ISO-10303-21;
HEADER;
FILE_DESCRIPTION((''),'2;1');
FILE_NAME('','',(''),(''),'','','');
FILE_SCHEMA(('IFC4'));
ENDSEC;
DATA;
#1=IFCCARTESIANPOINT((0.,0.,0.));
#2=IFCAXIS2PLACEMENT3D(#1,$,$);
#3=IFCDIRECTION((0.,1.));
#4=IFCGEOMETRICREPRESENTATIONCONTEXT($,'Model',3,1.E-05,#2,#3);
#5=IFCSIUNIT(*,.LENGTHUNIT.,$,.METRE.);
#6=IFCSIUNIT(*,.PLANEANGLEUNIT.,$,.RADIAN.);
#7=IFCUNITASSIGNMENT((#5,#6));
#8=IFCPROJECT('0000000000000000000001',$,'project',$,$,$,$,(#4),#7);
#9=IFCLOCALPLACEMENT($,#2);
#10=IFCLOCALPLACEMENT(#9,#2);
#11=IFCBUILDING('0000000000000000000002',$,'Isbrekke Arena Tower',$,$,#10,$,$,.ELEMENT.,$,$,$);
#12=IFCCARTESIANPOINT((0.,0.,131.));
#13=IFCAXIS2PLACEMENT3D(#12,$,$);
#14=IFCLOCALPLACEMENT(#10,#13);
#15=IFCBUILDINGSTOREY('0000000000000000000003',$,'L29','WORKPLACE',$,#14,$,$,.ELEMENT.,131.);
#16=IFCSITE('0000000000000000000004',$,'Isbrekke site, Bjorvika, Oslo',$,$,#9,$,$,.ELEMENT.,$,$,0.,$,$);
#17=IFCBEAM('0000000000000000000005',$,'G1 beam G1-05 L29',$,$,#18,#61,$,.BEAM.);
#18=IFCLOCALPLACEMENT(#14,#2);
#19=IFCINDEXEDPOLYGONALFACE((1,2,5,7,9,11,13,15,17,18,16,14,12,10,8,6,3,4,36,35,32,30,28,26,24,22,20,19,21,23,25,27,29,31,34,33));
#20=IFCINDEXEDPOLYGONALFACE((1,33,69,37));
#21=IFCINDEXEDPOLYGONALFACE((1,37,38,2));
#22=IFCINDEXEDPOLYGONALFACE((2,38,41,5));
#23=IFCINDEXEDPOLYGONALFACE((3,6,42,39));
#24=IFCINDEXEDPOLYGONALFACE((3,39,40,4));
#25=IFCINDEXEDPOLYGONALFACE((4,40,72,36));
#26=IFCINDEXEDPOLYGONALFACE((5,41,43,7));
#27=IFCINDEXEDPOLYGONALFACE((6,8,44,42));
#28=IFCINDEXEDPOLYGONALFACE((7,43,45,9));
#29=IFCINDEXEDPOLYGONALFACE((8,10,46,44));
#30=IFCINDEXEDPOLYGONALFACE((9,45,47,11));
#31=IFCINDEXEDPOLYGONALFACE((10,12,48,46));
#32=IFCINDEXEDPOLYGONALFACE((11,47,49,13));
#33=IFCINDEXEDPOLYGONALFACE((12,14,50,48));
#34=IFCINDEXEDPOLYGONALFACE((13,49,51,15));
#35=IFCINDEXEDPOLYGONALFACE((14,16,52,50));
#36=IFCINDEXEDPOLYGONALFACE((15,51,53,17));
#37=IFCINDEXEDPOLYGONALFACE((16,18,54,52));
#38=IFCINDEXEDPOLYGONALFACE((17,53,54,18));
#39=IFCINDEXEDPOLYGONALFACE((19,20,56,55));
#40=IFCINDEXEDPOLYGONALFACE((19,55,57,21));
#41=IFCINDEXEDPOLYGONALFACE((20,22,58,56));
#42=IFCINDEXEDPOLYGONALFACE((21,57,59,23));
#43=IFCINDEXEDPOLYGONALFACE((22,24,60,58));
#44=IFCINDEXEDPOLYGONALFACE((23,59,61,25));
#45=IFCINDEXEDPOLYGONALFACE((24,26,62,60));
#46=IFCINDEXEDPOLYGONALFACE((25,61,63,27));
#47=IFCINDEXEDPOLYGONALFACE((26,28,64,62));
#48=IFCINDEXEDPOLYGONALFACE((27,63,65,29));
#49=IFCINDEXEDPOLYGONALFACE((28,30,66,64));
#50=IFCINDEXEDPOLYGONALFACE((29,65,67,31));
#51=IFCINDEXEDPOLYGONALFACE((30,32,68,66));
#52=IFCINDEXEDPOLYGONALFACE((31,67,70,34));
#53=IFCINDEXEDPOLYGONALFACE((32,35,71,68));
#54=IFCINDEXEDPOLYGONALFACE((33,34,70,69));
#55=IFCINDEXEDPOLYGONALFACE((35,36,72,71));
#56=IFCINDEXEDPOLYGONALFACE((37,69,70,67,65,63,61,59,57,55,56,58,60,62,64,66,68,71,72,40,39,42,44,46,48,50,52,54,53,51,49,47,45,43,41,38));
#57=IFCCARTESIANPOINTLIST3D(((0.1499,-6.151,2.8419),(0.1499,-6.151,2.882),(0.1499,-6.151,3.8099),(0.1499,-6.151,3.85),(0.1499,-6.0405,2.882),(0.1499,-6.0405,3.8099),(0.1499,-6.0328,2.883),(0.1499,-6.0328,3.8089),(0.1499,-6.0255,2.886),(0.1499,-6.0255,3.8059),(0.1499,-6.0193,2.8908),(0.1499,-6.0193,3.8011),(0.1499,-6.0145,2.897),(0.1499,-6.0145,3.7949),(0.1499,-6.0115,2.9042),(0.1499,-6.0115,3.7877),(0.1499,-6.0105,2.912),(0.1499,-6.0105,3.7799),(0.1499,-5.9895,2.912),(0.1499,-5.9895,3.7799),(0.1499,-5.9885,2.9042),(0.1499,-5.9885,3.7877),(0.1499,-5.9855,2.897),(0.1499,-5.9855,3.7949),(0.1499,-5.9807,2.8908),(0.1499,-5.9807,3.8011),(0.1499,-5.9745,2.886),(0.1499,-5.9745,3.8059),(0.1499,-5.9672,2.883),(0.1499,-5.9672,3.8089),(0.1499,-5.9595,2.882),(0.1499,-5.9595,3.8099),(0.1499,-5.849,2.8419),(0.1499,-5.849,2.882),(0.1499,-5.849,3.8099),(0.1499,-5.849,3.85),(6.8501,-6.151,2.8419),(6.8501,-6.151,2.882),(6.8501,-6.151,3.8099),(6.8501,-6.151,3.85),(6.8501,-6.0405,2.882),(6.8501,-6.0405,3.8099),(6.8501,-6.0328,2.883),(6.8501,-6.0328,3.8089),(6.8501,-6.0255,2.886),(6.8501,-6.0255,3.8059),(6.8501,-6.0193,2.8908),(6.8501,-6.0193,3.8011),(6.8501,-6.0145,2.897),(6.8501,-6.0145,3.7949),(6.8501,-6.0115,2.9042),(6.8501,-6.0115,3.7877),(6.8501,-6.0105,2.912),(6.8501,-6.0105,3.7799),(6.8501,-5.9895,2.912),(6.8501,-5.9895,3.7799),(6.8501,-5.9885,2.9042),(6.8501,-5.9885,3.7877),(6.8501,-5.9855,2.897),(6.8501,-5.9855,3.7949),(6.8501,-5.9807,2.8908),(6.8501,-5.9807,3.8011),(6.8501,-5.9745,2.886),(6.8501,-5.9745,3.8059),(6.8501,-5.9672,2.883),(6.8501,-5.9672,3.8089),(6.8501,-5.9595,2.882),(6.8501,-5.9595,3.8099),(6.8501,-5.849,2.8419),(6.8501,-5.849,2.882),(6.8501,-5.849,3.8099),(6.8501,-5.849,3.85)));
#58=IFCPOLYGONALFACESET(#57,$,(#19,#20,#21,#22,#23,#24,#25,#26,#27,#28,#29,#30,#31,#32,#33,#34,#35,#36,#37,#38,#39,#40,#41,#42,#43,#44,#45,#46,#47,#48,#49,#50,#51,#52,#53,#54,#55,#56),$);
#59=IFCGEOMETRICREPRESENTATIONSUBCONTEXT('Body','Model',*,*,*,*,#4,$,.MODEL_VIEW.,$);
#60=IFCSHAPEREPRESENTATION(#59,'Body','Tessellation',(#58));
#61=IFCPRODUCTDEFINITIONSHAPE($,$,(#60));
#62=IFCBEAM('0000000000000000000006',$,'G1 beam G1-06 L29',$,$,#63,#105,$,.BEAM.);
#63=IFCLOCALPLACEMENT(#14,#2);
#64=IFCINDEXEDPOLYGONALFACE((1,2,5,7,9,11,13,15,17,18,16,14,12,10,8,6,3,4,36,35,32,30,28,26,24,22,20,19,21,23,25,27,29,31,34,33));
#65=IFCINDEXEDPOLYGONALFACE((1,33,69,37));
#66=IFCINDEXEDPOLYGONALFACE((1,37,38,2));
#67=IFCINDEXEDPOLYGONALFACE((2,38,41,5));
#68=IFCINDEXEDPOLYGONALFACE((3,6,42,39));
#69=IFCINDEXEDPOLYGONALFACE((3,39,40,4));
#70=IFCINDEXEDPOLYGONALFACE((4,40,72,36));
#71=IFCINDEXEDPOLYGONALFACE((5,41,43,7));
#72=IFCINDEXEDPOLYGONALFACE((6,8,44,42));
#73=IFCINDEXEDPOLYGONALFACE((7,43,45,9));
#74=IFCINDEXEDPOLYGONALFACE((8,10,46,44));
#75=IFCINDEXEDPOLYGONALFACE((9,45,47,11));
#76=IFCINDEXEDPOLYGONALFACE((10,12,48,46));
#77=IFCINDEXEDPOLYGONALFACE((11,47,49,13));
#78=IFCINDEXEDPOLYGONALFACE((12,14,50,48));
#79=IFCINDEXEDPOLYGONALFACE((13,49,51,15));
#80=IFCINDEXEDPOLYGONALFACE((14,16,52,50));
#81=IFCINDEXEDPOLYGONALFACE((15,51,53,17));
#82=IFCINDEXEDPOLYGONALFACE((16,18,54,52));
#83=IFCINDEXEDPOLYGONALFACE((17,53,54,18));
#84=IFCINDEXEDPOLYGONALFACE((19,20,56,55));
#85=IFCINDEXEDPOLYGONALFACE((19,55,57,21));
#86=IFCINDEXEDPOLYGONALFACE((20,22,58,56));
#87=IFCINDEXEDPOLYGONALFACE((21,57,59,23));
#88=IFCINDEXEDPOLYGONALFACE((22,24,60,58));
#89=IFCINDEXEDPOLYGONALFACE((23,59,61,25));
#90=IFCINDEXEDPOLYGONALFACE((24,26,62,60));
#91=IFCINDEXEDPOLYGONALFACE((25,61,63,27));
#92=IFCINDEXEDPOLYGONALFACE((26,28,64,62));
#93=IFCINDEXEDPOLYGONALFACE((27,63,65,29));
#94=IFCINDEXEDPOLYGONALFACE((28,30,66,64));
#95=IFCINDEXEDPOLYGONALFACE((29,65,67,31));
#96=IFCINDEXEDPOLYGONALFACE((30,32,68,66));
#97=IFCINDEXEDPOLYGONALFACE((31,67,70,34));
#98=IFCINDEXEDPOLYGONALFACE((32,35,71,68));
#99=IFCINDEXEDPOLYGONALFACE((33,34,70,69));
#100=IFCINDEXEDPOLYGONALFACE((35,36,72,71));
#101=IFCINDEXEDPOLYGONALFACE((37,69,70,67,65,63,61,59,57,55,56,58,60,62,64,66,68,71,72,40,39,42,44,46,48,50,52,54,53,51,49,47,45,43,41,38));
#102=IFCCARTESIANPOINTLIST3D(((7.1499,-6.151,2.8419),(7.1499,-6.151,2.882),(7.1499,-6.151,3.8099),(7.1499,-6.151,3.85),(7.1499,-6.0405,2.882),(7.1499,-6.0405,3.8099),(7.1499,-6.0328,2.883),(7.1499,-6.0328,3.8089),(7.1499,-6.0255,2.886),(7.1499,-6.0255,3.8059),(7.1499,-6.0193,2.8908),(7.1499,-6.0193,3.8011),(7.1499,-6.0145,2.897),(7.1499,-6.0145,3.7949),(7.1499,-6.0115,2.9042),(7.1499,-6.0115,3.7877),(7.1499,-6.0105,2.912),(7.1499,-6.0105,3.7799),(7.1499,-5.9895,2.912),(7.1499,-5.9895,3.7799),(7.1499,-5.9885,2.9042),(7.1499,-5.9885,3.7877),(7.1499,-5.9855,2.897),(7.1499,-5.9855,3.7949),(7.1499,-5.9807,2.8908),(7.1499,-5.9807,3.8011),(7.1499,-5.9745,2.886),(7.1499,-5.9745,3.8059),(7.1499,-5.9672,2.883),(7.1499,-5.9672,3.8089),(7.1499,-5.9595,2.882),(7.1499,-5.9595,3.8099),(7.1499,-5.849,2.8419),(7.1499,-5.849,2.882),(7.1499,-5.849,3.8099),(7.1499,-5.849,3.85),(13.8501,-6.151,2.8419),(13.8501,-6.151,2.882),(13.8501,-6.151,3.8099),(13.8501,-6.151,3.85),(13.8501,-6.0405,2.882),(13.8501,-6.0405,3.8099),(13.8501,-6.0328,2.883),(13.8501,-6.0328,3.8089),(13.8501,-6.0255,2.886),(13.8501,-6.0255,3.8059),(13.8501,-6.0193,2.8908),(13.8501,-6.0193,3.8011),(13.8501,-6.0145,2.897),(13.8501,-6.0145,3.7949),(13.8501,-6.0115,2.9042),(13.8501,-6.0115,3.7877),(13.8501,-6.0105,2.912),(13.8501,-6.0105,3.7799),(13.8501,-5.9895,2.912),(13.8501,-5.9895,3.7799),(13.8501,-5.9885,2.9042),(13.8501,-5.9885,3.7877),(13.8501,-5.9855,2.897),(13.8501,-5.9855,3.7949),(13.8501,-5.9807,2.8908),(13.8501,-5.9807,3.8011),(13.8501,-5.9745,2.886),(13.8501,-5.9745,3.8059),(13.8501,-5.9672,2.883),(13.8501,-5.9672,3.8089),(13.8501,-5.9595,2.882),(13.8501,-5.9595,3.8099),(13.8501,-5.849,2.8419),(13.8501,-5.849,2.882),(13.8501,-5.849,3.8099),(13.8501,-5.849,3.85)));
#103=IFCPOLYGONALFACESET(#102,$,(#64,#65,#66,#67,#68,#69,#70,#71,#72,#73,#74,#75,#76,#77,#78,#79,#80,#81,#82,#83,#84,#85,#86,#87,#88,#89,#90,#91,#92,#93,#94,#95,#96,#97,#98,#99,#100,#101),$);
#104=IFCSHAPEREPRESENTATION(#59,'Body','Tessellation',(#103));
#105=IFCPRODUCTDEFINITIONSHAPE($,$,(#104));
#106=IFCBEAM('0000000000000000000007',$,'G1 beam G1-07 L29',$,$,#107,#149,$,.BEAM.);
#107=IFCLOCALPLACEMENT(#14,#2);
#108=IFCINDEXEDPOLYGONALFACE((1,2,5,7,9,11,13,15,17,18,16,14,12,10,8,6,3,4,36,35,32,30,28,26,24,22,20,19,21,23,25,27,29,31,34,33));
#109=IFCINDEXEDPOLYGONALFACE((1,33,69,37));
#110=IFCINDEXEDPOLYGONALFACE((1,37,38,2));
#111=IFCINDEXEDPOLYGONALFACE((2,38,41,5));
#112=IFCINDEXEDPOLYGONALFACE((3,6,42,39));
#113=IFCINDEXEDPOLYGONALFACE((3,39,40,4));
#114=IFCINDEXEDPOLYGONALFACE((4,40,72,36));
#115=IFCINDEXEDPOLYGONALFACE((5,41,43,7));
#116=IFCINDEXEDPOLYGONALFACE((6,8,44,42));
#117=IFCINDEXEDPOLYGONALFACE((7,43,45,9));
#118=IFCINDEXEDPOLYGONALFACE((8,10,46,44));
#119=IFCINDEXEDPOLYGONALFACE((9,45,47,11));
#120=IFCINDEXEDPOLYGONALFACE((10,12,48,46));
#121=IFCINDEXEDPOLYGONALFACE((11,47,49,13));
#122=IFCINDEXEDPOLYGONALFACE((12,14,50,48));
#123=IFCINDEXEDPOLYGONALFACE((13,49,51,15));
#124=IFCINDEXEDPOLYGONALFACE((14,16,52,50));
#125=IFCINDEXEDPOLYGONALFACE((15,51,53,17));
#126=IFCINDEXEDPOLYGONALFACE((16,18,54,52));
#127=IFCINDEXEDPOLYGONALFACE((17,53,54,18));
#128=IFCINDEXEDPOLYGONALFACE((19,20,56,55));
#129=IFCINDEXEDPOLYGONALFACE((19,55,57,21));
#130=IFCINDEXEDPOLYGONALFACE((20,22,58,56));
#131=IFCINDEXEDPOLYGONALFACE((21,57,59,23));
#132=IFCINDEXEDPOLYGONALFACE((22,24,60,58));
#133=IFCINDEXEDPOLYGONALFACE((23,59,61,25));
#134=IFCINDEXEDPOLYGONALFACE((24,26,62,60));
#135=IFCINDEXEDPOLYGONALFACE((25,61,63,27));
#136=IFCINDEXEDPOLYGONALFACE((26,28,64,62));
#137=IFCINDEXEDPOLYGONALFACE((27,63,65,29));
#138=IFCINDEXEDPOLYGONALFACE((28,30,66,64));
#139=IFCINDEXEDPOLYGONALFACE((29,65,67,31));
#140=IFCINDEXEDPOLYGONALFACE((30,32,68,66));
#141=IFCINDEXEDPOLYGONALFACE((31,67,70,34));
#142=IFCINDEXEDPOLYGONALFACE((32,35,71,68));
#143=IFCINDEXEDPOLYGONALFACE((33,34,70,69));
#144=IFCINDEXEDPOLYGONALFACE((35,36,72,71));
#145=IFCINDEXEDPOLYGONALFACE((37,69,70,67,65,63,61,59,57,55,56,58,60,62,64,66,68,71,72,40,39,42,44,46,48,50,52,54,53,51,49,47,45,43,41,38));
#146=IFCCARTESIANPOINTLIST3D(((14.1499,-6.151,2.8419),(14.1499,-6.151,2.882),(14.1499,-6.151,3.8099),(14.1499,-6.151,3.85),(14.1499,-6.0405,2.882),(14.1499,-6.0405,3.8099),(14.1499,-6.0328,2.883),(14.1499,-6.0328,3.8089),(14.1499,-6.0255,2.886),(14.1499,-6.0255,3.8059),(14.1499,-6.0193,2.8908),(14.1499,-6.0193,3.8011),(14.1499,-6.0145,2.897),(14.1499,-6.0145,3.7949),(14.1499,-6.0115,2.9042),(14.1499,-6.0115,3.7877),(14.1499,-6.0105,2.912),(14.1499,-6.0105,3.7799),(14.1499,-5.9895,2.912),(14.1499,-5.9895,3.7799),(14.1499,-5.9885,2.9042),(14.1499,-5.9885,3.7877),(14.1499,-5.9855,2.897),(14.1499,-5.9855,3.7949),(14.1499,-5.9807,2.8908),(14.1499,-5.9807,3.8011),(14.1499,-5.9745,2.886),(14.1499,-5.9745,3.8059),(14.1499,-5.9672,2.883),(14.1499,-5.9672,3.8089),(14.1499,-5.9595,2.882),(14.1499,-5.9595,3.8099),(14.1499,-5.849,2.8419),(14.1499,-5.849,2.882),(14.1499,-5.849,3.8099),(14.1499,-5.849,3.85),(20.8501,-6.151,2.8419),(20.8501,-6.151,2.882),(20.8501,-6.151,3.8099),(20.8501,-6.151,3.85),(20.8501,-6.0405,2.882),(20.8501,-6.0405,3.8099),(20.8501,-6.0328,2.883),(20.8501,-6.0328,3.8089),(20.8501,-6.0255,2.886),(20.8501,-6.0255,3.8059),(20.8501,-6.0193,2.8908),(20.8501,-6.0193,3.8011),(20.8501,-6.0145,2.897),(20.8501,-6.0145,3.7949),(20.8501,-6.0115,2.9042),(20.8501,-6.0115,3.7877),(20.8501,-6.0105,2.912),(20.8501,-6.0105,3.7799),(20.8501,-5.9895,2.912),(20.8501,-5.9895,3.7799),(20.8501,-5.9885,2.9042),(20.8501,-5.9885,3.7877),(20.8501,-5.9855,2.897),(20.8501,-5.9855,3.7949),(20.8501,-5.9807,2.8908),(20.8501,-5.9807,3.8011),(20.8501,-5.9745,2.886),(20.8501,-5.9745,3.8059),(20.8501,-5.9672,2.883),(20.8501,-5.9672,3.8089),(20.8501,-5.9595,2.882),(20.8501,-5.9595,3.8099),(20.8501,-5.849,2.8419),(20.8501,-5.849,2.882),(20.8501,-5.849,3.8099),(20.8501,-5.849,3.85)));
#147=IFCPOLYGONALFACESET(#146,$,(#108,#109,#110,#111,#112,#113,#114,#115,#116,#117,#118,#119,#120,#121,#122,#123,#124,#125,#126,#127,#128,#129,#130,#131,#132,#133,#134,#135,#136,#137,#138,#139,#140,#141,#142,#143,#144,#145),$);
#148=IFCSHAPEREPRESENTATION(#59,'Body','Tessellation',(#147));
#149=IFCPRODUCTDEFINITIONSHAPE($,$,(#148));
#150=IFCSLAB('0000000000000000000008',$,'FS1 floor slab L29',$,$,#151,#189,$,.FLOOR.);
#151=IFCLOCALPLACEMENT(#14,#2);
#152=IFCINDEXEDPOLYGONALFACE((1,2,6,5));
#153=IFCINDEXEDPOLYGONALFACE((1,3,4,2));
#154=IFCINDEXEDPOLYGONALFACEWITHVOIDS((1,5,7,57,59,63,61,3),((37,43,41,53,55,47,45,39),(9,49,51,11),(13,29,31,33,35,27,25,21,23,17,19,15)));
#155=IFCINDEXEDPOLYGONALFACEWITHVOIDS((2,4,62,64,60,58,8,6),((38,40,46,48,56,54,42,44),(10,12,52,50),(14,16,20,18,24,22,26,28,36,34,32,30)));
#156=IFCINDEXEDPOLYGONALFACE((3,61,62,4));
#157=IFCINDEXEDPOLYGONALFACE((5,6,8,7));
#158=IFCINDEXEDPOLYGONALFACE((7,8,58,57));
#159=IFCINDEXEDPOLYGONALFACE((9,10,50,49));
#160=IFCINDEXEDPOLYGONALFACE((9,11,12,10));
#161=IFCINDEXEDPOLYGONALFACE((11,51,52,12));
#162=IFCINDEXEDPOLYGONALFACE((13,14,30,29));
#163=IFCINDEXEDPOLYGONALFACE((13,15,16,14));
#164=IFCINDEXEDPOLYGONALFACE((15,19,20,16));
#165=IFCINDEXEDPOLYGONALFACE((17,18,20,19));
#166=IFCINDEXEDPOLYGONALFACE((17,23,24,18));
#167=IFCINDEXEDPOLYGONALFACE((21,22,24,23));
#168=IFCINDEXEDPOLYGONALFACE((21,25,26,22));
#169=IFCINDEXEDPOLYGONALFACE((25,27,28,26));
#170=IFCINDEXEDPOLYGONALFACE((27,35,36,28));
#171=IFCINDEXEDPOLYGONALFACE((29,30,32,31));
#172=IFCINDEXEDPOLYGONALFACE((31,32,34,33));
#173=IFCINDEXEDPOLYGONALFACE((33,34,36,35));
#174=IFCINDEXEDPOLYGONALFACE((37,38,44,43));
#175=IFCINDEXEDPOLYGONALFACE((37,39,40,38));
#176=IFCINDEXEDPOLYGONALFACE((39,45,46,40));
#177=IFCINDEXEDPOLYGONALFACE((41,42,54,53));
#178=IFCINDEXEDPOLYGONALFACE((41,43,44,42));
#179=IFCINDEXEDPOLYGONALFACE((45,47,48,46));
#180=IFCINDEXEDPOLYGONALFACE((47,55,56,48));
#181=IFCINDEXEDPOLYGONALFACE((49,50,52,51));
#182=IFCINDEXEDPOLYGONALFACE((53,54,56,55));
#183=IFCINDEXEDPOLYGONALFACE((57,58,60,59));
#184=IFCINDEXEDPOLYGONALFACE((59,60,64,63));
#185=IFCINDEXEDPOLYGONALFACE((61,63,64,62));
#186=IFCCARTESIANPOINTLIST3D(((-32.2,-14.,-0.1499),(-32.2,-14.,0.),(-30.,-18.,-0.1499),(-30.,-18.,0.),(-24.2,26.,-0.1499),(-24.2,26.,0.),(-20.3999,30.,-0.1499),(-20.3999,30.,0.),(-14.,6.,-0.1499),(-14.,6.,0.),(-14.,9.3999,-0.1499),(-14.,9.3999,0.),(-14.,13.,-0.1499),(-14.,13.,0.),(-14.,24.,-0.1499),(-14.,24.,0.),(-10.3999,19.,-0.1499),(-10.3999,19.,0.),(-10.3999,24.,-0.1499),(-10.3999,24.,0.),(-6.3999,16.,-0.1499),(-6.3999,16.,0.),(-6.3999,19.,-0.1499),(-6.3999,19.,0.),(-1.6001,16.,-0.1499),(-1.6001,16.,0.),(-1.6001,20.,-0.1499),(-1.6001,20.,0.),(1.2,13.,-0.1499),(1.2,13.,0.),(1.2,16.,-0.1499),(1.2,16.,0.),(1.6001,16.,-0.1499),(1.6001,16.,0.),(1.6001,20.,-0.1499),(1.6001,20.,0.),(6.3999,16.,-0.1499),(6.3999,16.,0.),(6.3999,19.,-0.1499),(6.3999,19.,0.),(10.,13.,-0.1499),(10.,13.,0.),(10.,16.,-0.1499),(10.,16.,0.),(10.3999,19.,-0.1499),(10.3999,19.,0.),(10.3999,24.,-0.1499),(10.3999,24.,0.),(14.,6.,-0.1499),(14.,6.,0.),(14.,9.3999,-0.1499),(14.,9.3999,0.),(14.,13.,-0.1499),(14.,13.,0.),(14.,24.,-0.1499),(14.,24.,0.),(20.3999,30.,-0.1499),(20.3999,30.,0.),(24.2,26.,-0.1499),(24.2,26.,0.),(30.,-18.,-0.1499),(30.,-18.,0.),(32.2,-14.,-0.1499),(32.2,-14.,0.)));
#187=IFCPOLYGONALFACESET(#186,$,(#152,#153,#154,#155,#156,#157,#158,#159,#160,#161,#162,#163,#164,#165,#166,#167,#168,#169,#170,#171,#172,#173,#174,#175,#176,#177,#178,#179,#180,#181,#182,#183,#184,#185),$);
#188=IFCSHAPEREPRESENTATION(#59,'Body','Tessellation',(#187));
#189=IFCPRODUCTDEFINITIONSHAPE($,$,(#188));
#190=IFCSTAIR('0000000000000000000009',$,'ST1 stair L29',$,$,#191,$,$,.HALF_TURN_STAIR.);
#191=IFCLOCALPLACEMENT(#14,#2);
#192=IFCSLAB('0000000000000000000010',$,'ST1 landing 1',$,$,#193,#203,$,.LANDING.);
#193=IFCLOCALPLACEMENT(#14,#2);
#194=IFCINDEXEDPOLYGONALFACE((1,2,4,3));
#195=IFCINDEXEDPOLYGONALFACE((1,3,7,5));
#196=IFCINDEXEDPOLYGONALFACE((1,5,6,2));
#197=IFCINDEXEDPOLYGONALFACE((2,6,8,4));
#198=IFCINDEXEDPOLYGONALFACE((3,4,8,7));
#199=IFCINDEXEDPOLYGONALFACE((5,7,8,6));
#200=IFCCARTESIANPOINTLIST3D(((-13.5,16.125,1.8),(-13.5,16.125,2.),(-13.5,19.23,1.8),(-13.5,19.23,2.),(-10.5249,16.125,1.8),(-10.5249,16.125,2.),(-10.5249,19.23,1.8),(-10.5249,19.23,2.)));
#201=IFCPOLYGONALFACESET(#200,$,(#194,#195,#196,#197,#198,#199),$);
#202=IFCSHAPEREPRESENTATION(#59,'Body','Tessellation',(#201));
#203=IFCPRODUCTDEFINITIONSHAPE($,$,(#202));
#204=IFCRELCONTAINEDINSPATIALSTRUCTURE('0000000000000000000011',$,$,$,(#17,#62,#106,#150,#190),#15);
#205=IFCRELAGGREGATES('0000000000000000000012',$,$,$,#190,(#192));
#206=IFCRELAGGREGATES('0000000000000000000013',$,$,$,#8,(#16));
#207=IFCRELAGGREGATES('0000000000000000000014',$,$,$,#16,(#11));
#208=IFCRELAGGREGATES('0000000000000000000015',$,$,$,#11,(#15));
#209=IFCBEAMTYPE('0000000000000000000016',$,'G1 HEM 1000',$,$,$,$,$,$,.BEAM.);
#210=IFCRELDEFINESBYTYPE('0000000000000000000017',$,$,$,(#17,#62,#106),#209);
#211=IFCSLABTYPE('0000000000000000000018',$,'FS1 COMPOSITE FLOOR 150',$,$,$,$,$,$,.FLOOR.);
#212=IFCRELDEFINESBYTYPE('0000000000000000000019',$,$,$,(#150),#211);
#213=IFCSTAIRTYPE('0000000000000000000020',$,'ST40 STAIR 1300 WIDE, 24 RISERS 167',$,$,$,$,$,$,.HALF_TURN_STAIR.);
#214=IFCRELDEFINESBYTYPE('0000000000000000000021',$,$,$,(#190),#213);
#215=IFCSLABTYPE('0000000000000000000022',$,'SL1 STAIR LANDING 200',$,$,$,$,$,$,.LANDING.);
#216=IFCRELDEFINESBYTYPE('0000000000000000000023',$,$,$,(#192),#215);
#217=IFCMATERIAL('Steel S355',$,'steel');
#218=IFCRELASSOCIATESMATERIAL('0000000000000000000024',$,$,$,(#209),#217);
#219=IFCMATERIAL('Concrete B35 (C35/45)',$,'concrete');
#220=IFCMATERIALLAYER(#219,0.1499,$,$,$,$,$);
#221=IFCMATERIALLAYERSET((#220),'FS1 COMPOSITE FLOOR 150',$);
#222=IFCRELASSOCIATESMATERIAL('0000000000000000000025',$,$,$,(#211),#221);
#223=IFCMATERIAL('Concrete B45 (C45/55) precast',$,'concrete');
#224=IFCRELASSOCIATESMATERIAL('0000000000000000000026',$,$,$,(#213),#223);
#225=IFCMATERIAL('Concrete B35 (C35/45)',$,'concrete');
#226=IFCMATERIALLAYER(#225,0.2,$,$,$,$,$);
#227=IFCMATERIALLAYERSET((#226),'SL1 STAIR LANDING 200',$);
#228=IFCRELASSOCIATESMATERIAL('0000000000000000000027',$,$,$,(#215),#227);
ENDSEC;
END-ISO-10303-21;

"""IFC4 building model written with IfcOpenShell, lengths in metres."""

from ifc_helpers import new_model, si_unit, direction, frame, origin, origin_2d, place, context, subcontext, project, spatial, polyline, i_section, outline, extrude, material, layer, layer_set, material_profile, profile_set, type_object, element, aggregate, save


model = new_model("IFC4")

# Units and contexts
model_context = context("Model", 3, precision=1e-05, world=origin(), true_north=direction((0.0, 1.0)))
body_context = subcontext(model_context, "Body", "Model", "MODEL_VIEW")
ifc_project = project(units=[si_unit("LENGTHUNIT", "METRE"), si_unit("PLANEANGLEUNIT", "RADIAN")], contexts=[model_context])

# Site, building, storey
site_placement = place(None, origin())
site = spatial("IfcSite", under=ifc_project, at=site_placement, Name="Isbrekke site, Bjorvika, Oslo", CompositionType="ELEMENT", RefElevation=0.0)
building_placement = place(site_placement, origin())
building = spatial("IfcBuilding", under=site, at=building_placement, Name="Isbrekke Arena Tower", CompositionType="ELEMENT")
storey_placement = place(building_placement, frame((0.0, 0.0, 131.0)))
storey = spatial("IfcBuildingStorey", under=building, at=storey_placement, Name="L29", Description="WORKPLACE", CompositionType="ELEMENT", Elevation=131.0)

# Beams
ifc_material_1 = material(Name="Steel S355", Category="steel")
ifc_material_profile_1 = material_profile(ifc_material_1, i_section(OverallWidth=0.302, OverallDepth=1.0081, WebThickness=0.021, FlangeThickness=0.04, FilletRadius=0.03, at=origin_2d()), Name="HEM 1000")
ifc_profile_set_1 = profile_set([ifc_material_profile_1], Name="Steel S355")
beam_type_1 = type_object("IfcBeamType", Name="G1 HEM 1000", PredefinedType="BEAM", material=ifc_profile_set_1)
for number, where, z_axis, x_axis, name in (
    (1, (0.1499, -6.0, 3.3459), (1.0, 0.0, 0.0), (0.0, 1.0, 0.0), "G1 beam G1-05 L29"),
    (2, (7.1499, -6.0, 3.3459), (1.0, 0.0, 0.0), (0.0, 1.0, 0.0), "G1 beam G1-06 L29"),
    (3, (14.1499, -6.0, 3.3459), (1.0, 0.0, 0.0), (0.0, 1.0, 0.0), "G1 beam G1-07 L29"),
):
    element("IfcBeam", number, at=place(storey_placement, frame(where, z_axis=z_axis, x_axis=x_axis)), inside=storey, type_object=beam_type_1, Name=name, PredefinedType="BEAM", context=body_context, shape_type="SweptSolid", body=[
        extrude(i_section(OverallWidth=0.302, OverallDepth=1.0081, WebThickness=0.021, FlangeThickness=0.04, FilletRadius=0.03, at=origin_2d()), origin(), (0.0, 0.0, 1.0), 6.7002),
    ])

# Slab
ifc_material_2 = material(Name="Concrete B35 (C35/45)", Category="concrete")
ifc_layer_1 = layer(ifc_material_2, 0.1499)
ifc_layer_set_1 = layer_set([ifc_layer_1], Name="FS1 COMPOSITE FLOOR 150")
slab_type_1 = type_object("IfcSlabType", Name="FS1 COMPOSITE FLOOR 150", PredefinedType="FLOOR", material=ifc_layer_set_1)
slab_1_placement = place(storey_placement, frame((0.0, 0.0, -0.1499)))
element("IfcSlab", 4, at=slab_1_placement, inside=storey, type_object=slab_type_1, Name="FS1 floor slab L29", PredefinedType="FLOOR", context=body_context, shape_type="SweptSolid", body=[
    extrude(outline(polyline([(-30.0, -18.0), (30.0, -18.0), (32.2, -14.0), (24.2, 26.0), (20.3999, 30.0), (-20.3999, 30.0), (-24.2, 26.0), (-32.2, -14.0), (-30.0, -18.0)]), holes=[polyline([(14.0, 9.3999), (14.0, 6.0), (-14.0, 6.0), (-14.0, 9.3999), (14.0, 9.3999)]), polyline([(-6.3999, 19.0), (-6.3999, 16.0), (-1.6001, 16.0), (-1.6001, 20.0), (1.6001, 20.0), (1.6001, 16.0), (1.2, 16.0), (1.2, 13.0), (-14.0, 13.0), (-14.0, 24.0), (-10.3999, 24.0), (-10.3999, 19.0), (-6.3999, 19.0)]), polyline([(10.0, 13.0), (10.0, 16.0), (6.3999, 16.0), (6.3999, 19.0), (10.3999, 19.0), (10.3999, 24.0), (14.0, 24.0), (14.0, 13.0), (10.0, 13.0)])]), origin(), (0.0, 0.0, 1.0), 0.1499),
])

# Stair, slab
ifc_material_3 = material(Name="Concrete B45 (C45/55) precast", Category="concrete")
stair_type = type_object("IfcStairType", Name="ST40 STAIR 1300 WIDE, 24 RISERS 167", PredefinedType="HALF_TURN_STAIR", material=ifc_material_3)
stair_1_placement = place(storey_placement, origin())
stair_1 = element("IfcStair", 5, at=stair_1_placement, inside=storey, type_object=stair_type, Name="ST1 stair L29", PredefinedType="HALF_TURN_STAIR")
ifc_material_4 = material(Name="Concrete B35 (C35/45)", Category="concrete")
ifc_layer_2 = layer(ifc_material_4, 0.2)
ifc_layer_set_2 = layer_set([ifc_layer_2], Name="SL1 STAIR LANDING 200")
slab_type_2 = type_object("IfcSlabType", Name="SL1 STAIR LANDING 200", PredefinedType="LANDING", material=ifc_layer_set_2)
slab_2_placement = place(storey_placement, frame((0.0, 0.0, 1.8)))
slab_2 = element("IfcSlab", 6, at=slab_2_placement, type_object=slab_type_2, Name="ST1 landing 1", PredefinedType="LANDING", context=body_context, shape_type="SweptSolid", body=[
    extrude(outline(polyline([(-13.5, 16.125), (-10.5249, 16.125), (-10.5249, 19.23), (-13.5, 19.23), (-13.5, 16.125)])), origin(), (0.0, 0.0, 1.0), 0.2),
])
aggregate(stair_1, [slab_2])

save(model, "model.ifc")
